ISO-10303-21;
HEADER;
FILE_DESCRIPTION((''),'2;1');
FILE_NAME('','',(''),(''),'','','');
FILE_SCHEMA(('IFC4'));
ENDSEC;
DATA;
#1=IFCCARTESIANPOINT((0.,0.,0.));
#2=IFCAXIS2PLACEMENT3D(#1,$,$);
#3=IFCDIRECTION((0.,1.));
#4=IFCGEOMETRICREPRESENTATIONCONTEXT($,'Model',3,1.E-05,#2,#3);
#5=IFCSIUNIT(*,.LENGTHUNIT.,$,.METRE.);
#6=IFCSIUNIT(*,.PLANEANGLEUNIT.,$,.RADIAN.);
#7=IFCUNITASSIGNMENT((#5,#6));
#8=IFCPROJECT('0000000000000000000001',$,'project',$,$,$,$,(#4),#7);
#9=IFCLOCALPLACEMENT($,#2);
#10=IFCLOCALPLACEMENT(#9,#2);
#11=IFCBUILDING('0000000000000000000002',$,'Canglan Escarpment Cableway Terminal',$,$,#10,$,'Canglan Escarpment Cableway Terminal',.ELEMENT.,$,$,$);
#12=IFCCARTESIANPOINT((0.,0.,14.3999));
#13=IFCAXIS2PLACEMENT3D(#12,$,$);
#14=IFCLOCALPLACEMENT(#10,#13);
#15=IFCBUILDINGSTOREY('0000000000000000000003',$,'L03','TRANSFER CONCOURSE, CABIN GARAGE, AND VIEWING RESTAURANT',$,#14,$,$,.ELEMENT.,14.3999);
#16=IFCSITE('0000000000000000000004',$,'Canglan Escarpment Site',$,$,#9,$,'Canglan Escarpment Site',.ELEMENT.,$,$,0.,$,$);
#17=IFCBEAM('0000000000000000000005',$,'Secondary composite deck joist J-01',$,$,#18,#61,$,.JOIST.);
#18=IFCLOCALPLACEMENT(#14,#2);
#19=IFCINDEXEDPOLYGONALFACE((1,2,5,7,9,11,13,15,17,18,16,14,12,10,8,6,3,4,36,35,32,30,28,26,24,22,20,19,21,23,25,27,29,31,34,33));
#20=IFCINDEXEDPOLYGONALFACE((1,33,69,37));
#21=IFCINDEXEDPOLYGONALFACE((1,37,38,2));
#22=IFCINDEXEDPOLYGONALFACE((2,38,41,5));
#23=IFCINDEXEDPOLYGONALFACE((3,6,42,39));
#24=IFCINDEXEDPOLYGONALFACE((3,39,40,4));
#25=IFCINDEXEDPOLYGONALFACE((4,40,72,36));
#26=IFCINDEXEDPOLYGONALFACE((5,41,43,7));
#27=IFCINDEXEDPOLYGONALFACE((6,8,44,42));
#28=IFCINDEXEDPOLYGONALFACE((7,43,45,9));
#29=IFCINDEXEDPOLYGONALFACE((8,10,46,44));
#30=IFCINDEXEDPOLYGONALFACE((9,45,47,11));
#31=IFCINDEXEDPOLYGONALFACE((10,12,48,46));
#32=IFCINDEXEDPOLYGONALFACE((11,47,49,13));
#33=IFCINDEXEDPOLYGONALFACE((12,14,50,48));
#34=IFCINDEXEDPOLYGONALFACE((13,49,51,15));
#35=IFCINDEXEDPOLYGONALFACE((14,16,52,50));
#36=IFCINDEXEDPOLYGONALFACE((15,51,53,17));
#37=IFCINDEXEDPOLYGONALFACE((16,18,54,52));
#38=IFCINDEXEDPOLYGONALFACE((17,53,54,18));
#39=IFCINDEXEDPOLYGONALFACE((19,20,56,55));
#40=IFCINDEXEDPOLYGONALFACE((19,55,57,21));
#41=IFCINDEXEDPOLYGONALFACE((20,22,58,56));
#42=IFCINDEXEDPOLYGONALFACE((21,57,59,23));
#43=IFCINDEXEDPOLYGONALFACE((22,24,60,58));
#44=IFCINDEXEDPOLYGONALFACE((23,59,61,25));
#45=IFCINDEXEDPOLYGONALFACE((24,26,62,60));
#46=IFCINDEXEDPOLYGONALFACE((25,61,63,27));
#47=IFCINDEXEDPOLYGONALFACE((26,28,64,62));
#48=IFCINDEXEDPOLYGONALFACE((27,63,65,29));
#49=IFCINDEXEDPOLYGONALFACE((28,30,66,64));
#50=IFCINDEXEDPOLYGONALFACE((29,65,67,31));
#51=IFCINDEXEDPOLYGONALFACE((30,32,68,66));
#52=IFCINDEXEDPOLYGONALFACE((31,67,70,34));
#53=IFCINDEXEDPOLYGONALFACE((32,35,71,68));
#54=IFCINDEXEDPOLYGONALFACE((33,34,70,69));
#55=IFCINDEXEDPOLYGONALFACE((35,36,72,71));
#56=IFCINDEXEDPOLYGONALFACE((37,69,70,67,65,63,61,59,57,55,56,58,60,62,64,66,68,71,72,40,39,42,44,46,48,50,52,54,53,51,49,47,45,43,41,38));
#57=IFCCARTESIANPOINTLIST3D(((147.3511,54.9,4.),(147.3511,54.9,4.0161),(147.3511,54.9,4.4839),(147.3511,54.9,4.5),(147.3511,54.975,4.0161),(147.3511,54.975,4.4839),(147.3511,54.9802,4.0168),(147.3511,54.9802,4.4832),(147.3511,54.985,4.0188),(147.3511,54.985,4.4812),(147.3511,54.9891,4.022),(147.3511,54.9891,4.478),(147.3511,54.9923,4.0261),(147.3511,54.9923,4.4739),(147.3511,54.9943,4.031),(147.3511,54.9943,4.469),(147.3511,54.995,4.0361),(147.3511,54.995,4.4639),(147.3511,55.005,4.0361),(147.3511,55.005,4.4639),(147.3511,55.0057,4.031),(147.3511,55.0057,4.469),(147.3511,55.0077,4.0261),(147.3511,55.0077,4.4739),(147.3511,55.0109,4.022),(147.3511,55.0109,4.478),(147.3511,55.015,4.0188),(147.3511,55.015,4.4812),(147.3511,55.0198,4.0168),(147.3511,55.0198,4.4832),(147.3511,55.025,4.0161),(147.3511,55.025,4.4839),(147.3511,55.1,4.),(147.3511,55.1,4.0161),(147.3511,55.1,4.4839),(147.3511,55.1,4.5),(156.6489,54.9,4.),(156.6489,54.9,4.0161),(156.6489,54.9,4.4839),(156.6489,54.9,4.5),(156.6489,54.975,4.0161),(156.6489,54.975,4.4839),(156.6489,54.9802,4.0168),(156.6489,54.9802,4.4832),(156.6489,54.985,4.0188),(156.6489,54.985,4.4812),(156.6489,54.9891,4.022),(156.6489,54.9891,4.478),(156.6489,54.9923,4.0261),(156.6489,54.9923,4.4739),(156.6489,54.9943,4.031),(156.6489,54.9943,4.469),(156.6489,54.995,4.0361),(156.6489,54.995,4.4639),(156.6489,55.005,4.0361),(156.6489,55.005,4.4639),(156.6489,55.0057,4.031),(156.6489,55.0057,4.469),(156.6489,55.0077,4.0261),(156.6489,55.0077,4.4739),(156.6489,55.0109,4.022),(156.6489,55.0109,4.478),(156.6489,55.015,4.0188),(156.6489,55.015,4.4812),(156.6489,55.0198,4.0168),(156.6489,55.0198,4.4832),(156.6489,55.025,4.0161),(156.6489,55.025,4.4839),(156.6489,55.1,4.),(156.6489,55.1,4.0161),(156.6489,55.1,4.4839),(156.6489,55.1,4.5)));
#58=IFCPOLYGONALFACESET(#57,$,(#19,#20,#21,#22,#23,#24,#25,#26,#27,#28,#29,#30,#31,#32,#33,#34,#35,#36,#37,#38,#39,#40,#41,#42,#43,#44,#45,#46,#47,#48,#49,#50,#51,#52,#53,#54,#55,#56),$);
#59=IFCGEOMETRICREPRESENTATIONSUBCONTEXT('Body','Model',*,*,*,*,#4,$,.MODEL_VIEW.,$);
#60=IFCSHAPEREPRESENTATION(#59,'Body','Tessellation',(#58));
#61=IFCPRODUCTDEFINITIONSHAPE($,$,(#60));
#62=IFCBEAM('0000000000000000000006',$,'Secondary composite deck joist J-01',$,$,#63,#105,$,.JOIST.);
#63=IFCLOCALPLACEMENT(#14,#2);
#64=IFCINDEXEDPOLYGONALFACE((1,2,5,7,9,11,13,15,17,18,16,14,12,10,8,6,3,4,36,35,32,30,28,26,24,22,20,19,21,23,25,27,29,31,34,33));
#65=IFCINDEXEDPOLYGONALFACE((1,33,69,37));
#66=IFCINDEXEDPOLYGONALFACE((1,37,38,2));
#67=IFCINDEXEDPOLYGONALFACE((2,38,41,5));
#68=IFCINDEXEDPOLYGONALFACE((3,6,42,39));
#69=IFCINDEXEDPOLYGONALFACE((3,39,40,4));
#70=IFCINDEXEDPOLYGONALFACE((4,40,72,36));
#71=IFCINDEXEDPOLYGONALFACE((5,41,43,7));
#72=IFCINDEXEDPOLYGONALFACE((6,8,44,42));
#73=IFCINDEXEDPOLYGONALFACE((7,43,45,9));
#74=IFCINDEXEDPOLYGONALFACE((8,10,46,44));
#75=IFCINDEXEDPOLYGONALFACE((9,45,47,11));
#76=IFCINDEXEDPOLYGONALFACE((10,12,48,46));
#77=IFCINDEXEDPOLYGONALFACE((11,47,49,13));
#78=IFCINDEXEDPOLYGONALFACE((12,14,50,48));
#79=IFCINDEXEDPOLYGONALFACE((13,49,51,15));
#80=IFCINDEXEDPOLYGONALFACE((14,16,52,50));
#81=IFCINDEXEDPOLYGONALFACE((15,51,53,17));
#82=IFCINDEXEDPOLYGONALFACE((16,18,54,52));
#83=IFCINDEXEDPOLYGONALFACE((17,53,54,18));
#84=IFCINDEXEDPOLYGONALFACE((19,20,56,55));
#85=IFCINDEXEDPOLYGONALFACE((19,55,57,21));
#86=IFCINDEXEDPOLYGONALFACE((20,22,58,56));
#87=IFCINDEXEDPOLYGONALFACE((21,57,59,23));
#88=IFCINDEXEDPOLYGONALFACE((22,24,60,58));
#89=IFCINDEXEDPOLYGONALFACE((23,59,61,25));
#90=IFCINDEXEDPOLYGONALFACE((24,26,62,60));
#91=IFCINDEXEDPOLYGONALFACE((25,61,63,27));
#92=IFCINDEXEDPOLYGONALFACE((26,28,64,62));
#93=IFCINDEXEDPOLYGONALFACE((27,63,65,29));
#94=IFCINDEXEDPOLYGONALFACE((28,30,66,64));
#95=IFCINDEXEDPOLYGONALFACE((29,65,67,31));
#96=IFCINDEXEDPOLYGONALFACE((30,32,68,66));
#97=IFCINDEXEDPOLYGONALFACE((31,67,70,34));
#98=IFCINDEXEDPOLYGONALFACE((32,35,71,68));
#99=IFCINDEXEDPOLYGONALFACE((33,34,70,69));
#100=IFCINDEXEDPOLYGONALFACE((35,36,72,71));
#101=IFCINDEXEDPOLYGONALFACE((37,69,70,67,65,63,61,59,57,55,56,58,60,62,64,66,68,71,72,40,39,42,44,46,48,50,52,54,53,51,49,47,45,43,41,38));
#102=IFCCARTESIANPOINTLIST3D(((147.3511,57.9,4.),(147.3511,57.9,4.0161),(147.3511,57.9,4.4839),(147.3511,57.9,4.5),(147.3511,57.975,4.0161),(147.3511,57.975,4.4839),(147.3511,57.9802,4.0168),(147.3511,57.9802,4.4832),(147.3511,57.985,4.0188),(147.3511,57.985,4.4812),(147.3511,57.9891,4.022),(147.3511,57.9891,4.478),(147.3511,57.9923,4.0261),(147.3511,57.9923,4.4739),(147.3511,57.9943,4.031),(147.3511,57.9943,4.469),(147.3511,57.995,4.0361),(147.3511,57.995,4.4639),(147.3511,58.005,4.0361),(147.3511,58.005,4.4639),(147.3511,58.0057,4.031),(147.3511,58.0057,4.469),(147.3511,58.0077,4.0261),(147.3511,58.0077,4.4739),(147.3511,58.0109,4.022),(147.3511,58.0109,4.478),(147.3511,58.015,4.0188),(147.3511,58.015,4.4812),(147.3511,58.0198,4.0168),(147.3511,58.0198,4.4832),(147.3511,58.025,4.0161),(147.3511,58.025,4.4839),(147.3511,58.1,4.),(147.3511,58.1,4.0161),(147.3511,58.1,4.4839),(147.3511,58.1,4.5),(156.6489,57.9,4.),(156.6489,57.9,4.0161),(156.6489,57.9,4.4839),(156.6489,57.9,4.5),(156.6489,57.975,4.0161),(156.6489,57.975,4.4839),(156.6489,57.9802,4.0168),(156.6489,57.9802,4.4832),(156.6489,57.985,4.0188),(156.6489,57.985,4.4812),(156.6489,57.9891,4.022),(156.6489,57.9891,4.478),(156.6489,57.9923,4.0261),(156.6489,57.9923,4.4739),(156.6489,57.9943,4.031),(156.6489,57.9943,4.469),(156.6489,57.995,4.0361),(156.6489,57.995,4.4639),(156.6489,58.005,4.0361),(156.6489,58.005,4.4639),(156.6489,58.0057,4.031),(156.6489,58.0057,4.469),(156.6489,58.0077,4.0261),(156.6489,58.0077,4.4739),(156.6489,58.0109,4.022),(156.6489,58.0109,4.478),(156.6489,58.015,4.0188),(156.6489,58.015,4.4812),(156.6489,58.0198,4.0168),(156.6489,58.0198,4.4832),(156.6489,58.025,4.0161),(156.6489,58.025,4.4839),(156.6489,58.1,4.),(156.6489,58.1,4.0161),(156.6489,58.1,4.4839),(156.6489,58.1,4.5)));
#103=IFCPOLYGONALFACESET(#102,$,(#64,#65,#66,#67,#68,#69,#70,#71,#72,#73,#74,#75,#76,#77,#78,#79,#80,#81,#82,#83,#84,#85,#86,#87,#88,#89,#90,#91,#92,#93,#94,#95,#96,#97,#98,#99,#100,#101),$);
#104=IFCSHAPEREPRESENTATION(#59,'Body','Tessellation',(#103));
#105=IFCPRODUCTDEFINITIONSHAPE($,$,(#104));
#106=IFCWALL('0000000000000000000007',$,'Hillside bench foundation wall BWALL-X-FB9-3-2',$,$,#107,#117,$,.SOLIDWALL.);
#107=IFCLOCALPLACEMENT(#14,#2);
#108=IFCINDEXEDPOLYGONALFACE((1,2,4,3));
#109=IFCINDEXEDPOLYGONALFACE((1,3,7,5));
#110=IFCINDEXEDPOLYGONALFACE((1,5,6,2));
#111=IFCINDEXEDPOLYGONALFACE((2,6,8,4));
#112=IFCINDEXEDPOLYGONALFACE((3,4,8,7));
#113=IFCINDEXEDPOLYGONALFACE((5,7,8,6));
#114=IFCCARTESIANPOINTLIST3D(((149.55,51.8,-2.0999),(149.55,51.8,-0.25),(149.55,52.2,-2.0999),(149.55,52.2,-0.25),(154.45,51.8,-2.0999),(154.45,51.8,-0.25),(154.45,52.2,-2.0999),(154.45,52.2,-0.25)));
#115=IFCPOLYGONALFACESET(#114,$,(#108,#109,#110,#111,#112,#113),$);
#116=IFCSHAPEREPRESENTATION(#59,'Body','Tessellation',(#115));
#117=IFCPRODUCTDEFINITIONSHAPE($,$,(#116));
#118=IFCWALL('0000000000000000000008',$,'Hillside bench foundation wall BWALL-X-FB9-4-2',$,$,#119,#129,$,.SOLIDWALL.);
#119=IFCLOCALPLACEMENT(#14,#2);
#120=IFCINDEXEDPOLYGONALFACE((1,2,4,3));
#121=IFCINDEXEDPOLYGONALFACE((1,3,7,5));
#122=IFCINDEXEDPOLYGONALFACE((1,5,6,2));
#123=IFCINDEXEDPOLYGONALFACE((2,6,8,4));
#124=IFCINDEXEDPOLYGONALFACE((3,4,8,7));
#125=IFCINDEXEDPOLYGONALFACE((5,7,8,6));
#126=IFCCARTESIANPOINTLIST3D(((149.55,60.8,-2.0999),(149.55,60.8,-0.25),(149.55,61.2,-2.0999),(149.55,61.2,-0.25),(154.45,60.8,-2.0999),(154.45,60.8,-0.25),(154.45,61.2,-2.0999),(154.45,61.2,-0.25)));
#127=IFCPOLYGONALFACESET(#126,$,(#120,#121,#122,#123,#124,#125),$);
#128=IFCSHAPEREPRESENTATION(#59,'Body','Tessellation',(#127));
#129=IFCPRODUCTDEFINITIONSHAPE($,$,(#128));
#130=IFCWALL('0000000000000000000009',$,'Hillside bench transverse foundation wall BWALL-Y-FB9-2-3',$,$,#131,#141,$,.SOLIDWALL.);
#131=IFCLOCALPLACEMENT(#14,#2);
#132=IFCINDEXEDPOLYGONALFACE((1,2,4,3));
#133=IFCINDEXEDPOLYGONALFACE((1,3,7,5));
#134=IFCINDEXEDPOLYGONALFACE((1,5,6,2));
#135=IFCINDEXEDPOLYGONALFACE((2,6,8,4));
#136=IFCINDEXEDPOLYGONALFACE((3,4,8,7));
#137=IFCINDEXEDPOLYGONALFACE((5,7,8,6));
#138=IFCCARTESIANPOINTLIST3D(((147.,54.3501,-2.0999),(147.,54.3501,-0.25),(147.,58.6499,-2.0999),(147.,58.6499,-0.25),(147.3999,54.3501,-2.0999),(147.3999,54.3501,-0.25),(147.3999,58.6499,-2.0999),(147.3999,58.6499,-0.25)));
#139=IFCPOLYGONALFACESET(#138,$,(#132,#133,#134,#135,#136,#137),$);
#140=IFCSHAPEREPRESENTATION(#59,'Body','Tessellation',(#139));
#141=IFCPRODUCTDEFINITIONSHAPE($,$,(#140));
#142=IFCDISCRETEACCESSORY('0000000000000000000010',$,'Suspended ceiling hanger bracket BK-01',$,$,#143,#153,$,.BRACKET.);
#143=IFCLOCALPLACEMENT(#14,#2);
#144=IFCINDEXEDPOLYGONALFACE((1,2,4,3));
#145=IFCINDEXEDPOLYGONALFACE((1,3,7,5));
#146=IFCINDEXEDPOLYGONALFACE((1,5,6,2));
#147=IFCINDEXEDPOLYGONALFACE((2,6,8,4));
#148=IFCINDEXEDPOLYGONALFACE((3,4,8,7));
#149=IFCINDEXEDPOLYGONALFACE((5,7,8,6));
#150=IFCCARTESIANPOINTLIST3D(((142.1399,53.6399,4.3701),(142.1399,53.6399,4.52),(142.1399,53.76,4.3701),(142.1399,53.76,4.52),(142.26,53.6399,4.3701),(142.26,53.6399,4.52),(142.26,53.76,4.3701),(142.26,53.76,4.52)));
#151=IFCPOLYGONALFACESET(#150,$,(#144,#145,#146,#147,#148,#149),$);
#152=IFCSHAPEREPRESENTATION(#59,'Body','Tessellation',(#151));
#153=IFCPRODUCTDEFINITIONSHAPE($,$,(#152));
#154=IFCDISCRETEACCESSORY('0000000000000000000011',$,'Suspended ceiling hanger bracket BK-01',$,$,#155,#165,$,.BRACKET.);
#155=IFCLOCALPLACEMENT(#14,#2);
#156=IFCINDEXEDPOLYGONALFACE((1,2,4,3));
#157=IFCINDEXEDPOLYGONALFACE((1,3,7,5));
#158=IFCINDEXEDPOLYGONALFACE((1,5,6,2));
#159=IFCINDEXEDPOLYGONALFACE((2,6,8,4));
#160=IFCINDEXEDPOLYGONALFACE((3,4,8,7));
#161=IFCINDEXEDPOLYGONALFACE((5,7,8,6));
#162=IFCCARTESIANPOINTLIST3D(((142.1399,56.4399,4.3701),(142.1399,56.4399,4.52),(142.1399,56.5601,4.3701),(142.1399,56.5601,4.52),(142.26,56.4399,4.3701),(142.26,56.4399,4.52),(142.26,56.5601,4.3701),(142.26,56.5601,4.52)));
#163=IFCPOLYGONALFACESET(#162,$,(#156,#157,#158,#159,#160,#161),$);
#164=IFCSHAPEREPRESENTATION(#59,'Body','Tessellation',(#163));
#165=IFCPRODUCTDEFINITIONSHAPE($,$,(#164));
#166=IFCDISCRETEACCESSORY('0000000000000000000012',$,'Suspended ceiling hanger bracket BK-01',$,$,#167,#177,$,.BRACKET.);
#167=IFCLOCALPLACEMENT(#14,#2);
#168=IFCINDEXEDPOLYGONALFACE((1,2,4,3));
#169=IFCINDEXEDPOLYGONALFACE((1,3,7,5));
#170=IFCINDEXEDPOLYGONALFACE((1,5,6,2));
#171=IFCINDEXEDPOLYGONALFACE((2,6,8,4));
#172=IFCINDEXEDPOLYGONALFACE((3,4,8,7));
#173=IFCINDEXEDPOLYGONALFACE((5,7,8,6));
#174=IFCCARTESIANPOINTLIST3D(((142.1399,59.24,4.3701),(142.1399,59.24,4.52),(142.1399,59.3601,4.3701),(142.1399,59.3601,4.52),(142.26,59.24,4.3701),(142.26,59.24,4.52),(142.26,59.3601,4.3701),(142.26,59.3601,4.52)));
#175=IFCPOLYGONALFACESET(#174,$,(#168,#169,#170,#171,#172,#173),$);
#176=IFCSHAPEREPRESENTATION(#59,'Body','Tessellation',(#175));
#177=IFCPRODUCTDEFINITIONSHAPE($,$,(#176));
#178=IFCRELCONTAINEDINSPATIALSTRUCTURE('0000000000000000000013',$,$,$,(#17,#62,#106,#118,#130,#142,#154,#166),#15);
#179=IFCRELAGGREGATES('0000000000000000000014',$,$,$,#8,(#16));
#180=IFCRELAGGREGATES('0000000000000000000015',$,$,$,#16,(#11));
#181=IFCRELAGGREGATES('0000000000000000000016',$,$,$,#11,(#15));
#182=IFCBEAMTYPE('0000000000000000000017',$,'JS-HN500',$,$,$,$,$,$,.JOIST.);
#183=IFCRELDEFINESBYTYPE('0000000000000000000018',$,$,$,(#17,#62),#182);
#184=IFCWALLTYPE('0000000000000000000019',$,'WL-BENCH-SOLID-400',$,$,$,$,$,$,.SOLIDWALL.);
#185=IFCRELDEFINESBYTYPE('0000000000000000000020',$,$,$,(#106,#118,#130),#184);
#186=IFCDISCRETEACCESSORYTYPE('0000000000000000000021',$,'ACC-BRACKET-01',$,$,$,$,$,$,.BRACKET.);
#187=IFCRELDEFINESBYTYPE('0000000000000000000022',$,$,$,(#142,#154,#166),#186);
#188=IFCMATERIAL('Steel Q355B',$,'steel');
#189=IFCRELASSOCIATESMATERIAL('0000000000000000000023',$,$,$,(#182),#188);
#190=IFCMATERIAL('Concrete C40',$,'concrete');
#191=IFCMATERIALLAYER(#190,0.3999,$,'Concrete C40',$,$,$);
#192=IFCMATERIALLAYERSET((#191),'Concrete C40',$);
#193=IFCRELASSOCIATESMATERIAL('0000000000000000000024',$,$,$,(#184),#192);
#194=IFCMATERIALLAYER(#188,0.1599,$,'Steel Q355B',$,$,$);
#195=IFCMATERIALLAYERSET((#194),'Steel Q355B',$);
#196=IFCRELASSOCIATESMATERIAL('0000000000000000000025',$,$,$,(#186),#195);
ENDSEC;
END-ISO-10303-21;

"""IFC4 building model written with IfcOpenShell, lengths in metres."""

from ifc_helpers import new_model, si_unit, direction, frame, frame_2d, origin, origin_2d, place, context, subcontext, project, spatial, rectangle, i_section, extrude, material, layer, layer_set, material_profile, profile_set, type_object, element, save


model = new_model("IFC4")

# Units and contexts
model_context = context("Model", 3, precision=1e-05, world=origin(), true_north=direction((0.0, 1.0)))
body_context = subcontext(model_context, "Body", "Model", "MODEL_VIEW")
ifc_project = project(units=[si_unit("LENGTHUNIT", "METRE"), si_unit("PLANEANGLEUNIT", "RADIAN")], contexts=[model_context])

# Site, building, storey
site_placement = place(None, origin())
site = spatial("IfcSite", under=ifc_project, at=site_placement, Name="Canglan Escarpment Site", LongName="Canglan Escarpment Site", CompositionType="ELEMENT", RefElevation=0.0)
building_placement = place(site_placement, origin())
building = spatial("IfcBuilding", under=site, at=building_placement, Name="Canglan Escarpment Cableway Terminal", LongName="Canglan Escarpment Cableway Terminal", CompositionType="ELEMENT")
storey_placement = place(building_placement, frame((0.0, 0.0, 14.3999)))
storey = spatial("IfcBuildingStorey", under=building, at=storey_placement, Name="L03", Description="TRANSFER CONCOURSE, CABIN GARAGE, AND VIEWING RESTAURANT", CompositionType="ELEMENT", Elevation=14.3999)

# Shared definitions
ifc_material_1 = material(Name="Concrete C40", Category="concrete")

# Beams
ifc_material_2 = material(Name="Steel Q355B", Category="steel")
ifc_material_profile_1 = material_profile(ifc_material_2, i_section(OverallWidth=0.2, OverallDepth=0.5, WebThickness=0.01, FlangeThickness=0.0161, FilletRadius=0.02, at=origin_2d()), Name="HN 500x200x10x16")
ifc_profile_set_1 = profile_set([ifc_material_profile_1], Name="Steel Q355B")
beam_type_1 = type_object("IfcBeamType", Name="JS-HN500", PredefinedType="JOIST", material=ifc_profile_set_1)
for number, where, z_axis, x_axis, name in (
    (1, (147.3511, 55.0, 4.25), (1.0, 0.0, 0.0), (0.0, 1.0, 0.0), "Secondary composite deck joist J-01"),
    (2, (147.3511, 58.0, 4.25), (1.0, 0.0, 0.0), (0.0, 1.0, 0.0), "Secondary composite deck joist J-01"),
):
    element("IfcBeam", number, at=place(storey_placement, frame(where, z_axis=z_axis, x_axis=x_axis)), inside=storey, type_object=beam_type_1, Name=name, PredefinedType="JOIST", context=body_context, shape_type="SweptSolid", body=[
        extrude(i_section(OverallWidth=0.2, OverallDepth=0.5, WebThickness=0.01, FlangeThickness=0.0161, FilletRadius=0.02, at=origin_2d()), origin(), (0.0, 0.0, 1.0), 9.2979),
    ])

# Walls
ifc_layer_1 = layer(ifc_material_1, 0.3999, Name="Concrete C40")
ifc_layer_set_1 = layer_set([ifc_layer_1], Name="Concrete C40")
wall_type_1 = type_object("IfcWallType", Name="WL-BENCH-SOLID-400", PredefinedType="SOLIDWALL", material=ifc_layer_set_1)
for number, where, z_axis, x_axis, name in (
    (3, (149.55, 52.0, -2.0999), (0.0, 0.0, 1.0), (1.0, 0.0, 0.0), "Hillside bench foundation wall BWALL-X-FB9-3-2"),
    (4, (149.55, 61.0, -2.0999), (0.0, 0.0, 1.0), (1.0, 0.0, 0.0), "Hillside bench foundation wall BWALL-X-FB9-4-2"),
):
    element("IfcWall", number, at=place(storey_placement, frame(where, z_axis=z_axis, x_axis=x_axis)), inside=storey, type_object=wall_type_1, Name=name, PredefinedType="SOLIDWALL", context=body_context, shape_type="SweptSolid", body=[
        extrude(rectangle(XDim=4.8999, YDim=0.3999, at=frame_2d((2.45, 0.0))), origin(), (0.0, 0.0, 1.0), 1.8499),
    ])
wall_1_placement = place(storey_placement, frame((147.2, 54.3501, -2.0999), z_axis=(0.0, 0.0, 1.0), x_axis=(0.0, 1.0, 0.0)))
element("IfcWall", 5, at=wall_1_placement, inside=storey, type_object=wall_type_1, Name="Hillside bench transverse foundation wall BWALL-Y-FB9-2-3", PredefinedType="SOLIDWALL", context=body_context, shape_type="SweptSolid", body=[
    extrude(rectangle(XDim=4.2998, YDim=0.3999, at=frame_2d((2.1499, 0.0))), origin(), (0.0, 0.0, 1.0), 1.8499),
])

# Discrete accessories
ifc_layer_2 = layer(ifc_material_2, 0.1599, Name="Steel Q355B")
ifc_layer_set_2 = layer_set([ifc_layer_2], Name="Steel Q355B")
discrete_accessory_type = type_object("IfcDiscreteAccessoryType", Name="ACC-BRACKET-01", PredefinedType="BRACKET", material=ifc_layer_set_2)
for number, where, z_axis, x_axis, name in (
    (6, (142.2, 53.7, 4.3701), (0.0, 0.0, 1.0), (1.0, 0.0, 0.0), "Suspended ceiling hanger bracket BK-01"),
    (7, (142.2, 56.5, 4.3701), (0.0, 0.0, 1.0), (1.0, 0.0, 0.0), "Suspended ceiling hanger bracket BK-01"),
    (8, (142.2, 59.3, 4.3701), (0.0, 0.0, 1.0), (1.0, 0.0, 0.0), "Suspended ceiling hanger bracket BK-01"),
):
    element("IfcDiscreteAccessory", number, at=place(storey_placement, frame(where, z_axis=z_axis, x_axis=x_axis)), inside=storey, type_object=discrete_accessory_type, Name=name, PredefinedType="BRACKET", context=body_context, shape_type="SweptSolid", body=[
        extrude(rectangle(XDim=0.1201, YDim=0.1201, at=origin_2d()), origin(), (0.0, 0.0, 1.0), 0.1499),
    ])

save(model, "model.ifc")
